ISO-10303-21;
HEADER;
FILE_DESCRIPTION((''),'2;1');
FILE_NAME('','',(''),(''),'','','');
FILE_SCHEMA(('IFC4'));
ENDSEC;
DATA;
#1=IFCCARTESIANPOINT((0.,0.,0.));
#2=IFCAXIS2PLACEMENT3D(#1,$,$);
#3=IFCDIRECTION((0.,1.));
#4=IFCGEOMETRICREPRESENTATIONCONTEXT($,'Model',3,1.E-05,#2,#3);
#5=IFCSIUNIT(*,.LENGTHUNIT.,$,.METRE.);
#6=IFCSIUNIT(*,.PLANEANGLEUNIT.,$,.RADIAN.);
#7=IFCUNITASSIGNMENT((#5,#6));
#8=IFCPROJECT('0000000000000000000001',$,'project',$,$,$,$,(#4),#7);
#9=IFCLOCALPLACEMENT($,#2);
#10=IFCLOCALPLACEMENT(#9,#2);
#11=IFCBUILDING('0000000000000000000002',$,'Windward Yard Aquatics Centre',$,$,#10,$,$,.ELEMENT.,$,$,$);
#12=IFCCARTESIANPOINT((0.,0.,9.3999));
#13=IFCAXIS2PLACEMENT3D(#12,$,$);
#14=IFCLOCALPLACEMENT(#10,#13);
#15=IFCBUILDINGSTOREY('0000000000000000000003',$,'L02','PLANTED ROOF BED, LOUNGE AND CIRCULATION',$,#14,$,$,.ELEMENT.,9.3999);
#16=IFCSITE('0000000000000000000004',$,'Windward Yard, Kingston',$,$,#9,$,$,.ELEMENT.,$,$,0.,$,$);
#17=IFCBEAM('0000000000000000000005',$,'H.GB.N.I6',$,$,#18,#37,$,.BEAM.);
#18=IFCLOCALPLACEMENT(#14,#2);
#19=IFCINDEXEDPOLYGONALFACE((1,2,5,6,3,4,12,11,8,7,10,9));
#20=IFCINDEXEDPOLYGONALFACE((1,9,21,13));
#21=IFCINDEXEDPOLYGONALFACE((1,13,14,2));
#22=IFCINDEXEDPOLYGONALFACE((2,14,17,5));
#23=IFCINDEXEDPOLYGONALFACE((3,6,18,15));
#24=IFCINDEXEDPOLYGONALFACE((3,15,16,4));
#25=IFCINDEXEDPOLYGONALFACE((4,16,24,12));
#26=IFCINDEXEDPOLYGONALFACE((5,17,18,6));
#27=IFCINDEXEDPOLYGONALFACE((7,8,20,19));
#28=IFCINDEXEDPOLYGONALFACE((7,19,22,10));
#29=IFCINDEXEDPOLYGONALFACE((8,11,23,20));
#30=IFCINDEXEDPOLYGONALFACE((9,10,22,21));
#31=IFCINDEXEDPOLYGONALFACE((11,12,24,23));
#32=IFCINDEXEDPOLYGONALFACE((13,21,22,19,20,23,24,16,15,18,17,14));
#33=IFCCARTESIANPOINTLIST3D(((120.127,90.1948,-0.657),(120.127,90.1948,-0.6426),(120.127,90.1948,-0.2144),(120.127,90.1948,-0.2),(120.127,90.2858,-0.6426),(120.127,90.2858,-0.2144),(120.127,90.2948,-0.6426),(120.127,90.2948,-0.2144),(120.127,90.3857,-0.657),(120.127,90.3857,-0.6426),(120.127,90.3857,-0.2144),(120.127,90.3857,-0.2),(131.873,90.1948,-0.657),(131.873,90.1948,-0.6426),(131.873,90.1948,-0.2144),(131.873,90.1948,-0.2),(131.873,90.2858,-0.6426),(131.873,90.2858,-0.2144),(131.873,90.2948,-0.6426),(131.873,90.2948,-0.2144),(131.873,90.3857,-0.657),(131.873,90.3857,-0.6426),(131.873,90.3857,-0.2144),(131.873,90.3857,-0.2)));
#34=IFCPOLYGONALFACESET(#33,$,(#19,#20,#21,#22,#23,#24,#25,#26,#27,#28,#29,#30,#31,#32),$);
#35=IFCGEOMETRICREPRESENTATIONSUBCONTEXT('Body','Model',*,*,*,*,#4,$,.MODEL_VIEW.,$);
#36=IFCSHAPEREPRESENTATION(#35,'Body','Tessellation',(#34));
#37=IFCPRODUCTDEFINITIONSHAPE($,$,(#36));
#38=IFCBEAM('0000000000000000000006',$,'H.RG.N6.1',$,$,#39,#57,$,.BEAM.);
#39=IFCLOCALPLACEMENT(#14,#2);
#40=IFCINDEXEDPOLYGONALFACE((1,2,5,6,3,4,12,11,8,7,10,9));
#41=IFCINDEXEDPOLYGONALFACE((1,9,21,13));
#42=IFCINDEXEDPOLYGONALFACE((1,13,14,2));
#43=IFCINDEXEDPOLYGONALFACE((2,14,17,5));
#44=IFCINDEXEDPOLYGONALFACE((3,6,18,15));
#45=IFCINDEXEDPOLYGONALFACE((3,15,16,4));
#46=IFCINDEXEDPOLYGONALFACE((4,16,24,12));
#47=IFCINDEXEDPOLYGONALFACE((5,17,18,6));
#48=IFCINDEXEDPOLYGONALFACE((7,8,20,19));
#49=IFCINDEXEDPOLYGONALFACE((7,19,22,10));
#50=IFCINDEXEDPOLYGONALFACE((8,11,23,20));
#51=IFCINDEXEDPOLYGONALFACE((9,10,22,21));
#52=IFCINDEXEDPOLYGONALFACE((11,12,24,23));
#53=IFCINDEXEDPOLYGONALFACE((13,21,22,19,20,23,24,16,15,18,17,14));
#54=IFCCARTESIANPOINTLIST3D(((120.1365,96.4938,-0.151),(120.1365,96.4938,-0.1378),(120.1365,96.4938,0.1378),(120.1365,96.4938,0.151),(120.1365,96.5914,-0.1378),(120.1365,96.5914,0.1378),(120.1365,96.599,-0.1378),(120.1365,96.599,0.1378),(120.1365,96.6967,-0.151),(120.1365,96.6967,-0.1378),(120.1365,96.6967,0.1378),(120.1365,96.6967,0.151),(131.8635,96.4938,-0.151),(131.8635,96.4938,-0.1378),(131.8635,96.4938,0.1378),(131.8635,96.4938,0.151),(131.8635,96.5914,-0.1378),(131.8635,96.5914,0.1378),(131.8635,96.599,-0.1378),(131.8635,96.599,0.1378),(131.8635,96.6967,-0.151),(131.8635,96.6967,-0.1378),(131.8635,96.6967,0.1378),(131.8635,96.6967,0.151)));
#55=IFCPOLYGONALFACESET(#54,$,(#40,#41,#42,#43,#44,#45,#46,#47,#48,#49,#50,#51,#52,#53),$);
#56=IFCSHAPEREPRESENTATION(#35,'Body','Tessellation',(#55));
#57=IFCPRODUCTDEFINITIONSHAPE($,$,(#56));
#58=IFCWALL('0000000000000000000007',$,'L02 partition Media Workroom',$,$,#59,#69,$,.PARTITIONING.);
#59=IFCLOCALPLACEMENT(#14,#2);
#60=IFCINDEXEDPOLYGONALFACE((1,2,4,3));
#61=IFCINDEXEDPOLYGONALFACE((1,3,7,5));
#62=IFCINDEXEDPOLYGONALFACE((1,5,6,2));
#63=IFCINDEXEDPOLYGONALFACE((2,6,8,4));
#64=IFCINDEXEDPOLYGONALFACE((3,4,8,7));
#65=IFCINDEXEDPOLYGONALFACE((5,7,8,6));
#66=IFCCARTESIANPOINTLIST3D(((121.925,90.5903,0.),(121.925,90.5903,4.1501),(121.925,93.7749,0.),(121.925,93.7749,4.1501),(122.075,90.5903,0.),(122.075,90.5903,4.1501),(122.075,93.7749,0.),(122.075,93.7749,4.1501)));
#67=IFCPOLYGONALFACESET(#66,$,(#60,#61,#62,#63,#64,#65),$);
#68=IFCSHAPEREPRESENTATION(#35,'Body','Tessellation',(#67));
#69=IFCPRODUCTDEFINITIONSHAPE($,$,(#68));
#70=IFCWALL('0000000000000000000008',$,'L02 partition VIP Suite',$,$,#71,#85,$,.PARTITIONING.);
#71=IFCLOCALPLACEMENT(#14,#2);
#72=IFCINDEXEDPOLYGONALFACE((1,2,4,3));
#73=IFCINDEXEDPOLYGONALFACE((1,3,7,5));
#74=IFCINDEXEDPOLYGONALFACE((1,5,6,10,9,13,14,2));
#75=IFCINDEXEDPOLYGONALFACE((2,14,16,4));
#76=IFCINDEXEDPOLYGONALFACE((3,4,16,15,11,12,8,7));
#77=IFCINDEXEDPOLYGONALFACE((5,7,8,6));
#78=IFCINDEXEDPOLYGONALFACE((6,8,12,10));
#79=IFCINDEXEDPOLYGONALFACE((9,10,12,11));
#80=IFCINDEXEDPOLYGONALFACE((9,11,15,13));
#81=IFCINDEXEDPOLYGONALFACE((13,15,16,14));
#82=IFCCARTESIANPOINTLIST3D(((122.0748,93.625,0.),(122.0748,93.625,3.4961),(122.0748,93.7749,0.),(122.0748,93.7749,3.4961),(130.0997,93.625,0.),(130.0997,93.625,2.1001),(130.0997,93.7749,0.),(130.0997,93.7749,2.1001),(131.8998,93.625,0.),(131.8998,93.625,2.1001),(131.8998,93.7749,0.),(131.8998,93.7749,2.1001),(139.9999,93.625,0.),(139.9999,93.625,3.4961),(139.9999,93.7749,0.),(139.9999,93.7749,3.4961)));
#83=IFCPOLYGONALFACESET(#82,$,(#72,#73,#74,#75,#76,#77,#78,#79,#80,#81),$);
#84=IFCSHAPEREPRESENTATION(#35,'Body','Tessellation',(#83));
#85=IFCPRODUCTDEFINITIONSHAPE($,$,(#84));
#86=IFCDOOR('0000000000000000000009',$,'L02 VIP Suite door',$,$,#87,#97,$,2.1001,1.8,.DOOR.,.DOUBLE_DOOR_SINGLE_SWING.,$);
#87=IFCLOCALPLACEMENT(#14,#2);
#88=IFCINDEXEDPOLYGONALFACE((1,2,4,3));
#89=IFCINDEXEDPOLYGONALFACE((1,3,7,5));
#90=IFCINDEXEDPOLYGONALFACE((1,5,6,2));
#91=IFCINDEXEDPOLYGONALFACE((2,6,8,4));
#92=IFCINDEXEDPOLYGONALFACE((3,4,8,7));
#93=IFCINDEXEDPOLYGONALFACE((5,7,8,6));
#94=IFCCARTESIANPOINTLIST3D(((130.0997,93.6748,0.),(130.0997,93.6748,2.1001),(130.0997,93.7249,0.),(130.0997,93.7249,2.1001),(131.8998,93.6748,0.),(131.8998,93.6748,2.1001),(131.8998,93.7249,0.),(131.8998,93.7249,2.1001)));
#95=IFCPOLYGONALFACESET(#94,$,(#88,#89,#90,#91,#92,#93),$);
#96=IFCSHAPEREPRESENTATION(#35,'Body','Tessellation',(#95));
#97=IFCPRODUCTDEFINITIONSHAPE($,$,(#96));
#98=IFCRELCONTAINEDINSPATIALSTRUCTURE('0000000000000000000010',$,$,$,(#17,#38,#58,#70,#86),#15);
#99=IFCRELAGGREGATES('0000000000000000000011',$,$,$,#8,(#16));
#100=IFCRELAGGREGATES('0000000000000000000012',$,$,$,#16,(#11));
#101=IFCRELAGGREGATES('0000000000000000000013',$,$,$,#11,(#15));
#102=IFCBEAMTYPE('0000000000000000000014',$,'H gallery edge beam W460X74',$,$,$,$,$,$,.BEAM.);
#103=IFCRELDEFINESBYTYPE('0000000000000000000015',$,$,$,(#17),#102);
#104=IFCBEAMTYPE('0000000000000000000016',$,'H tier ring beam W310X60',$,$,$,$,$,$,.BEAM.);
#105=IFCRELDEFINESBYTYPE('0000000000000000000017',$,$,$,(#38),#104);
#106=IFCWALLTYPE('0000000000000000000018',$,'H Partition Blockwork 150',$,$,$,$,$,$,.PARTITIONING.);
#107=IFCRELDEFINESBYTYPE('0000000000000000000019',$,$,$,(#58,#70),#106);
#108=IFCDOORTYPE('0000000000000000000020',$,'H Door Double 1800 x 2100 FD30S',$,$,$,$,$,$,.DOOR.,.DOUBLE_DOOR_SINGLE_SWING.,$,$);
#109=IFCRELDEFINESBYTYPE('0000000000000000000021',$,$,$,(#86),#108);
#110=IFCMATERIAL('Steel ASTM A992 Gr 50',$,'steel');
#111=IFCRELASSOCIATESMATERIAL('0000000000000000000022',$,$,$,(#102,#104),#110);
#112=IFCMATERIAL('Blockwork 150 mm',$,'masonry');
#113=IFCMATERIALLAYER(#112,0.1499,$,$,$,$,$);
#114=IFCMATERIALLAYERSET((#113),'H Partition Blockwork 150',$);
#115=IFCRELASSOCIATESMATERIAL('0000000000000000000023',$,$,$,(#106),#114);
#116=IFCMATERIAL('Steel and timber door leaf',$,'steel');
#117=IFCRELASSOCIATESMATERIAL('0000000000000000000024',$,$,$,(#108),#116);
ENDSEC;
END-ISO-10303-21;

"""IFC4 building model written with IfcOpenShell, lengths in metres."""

from ifc_helpers import new_model, si_unit, direction, frame, frame_2d, origin, origin_2d, place, context, subcontext, project, spatial, rectangle, i_section, extrude, material, layer, layer_set, material_profile, profile_set, type_object, element, fill, save


model = new_model("IFC4")

# Units and contexts
model_context = context("Model", 3, precision=1e-05, world=origin(), true_north=direction((0.0, 1.0)))
body_context = subcontext(model_context, "Body", "Model", "MODEL_VIEW")
ifc_project = project(units=[si_unit("LENGTHUNIT", "METRE"), si_unit("PLANEANGLEUNIT", "RADIAN")], contexts=[model_context])

# Site, building, storey
site_placement = place(None, origin())
site = spatial("IfcSite", under=ifc_project, at=site_placement, Name="Windward Yard, Kingston", CompositionType="ELEMENT", RefElevation=0.0)
building_placement = place(site_placement, origin())
building = spatial("IfcBuilding", under=site, at=building_placement, Name="Windward Yard Aquatics Centre", CompositionType="ELEMENT")
storey_placement = place(building_placement, frame((0.0, 0.0, 9.3999)))
storey = spatial("IfcBuildingStorey", under=building, at=storey_placement, Name="L02", Description="PLANTED ROOF BED, LOUNGE AND CIRCULATION", CompositionType="ELEMENT", Elevation=9.3999)

# Shared definitions
ifc_material_1 = material(Name="Steel ASTM A992 Gr 50", Category="steel")

# Beams
ifc_material_profile_1 = material_profile(ifc_material_1, i_section(OverallWidth=0.1909, OverallDepth=0.457, WebThickness=0.009, FlangeThickness=0.0144, at=origin_2d()), Name="W460X74")
ifc_profile_set_1 = profile_set([ifc_material_profile_1], Name="Steel ASTM A992 Gr 50")
beam_type_1 = type_object("IfcBeamType", Name="H gallery edge beam W460X74", PredefinedType="BEAM", material=ifc_profile_set_1)
beam_1_placement = place(storey_placement, frame((120.127, 90.2903, -0.4285), z_axis=(1.0, 0.0, 0.0), x_axis=(0.0, 1.0, 0.0)))
element("IfcBeam", 1, at=beam_1_placement, inside=storey, type_object=beam_type_1, Name="H.GB.N.I6", PredefinedType="BEAM", context=body_context, shape_type="SweptSolid", body=[
    extrude(i_section(OverallWidth=0.1909, OverallDepth=0.457, WebThickness=0.009, FlangeThickness=0.0144, at=origin_2d()), origin(), (0.0, 0.0, 1.0), 11.7461),
])
ifc_material_profile_2 = material_profile(ifc_material_1, i_section(OverallWidth=0.2029, OverallDepth=0.302, WebThickness=0.0076, FlangeThickness=0.0132, at=origin_2d()), Name="W310X60")
ifc_profile_set_2 = profile_set([ifc_material_profile_2], Name="Steel ASTM A992 Gr 50")
beam_type_2 = type_object("IfcBeamType", Name="H tier ring beam W310X60", PredefinedType="BEAM", material=ifc_profile_set_2)
beam_2_placement = place(storey_placement, frame((120.1365, 96.5952, 0.0), z_axis=(1.0, 0.0, 0.0), x_axis=(0.0, 1.0, 0.0)))
element("IfcBeam", 2, at=beam_2_placement, inside=storey, type_object=beam_type_2, Name="H.RG.N6.1", PredefinedType="BEAM", context=body_context, shape_type="SweptSolid", body=[
    extrude(i_section(OverallWidth=0.2029, OverallDepth=0.302, WebThickness=0.0076, FlangeThickness=0.0132, at=origin_2d()), origin(), (0.0, 0.0, 1.0), 11.7271),
])

# Wall
ifc_material_2 = material(Name="Blockwork 150 mm", Category="masonry")
ifc_layer_1 = layer(ifc_material_2, 0.1499)
ifc_layer_set_1 = layer_set([ifc_layer_1], Name="H Partition Blockwork 150")
wall_type = type_object("IfcWallType", Name="H Partition Blockwork 150", PredefinedType="PARTITIONING", material=ifc_layer_set_1)
wall_1_placement = place(storey_placement, frame((122.0, 90.5903, 0.0), z_axis=(0.0, 0.0, 1.0), x_axis=(0.0, 1.0, 0.0)))
element("IfcWall", 3, at=wall_1_placement, inside=storey, type_object=wall_type, Name="L02 partition Media Workroom", PredefinedType="PARTITIONING", context=body_context, shape_type="SweptSolid", body=[
    extrude(rectangle(XDim=3.1846, YDim=0.1499, at=frame_2d((1.5923, 0.0))), origin(), (0.0, 0.0, 1.0), 4.1501),
])

# Wall, opening, door
wall_2_placement = place(storey_placement, frame((122.075, 93.7, 0.0), z_axis=(0.0, 0.0, 1.0), x_axis=(1.0, 0.0, 0.0)))
wall_2 = element("IfcWall", 4, at=wall_2_placement, inside=storey, type_object=wall_type, Name="L02 partition VIP Suite", PredefinedType="PARTITIONING", context=body_context, shape_type="SweptSolid", body=[
    extrude(rectangle(XDim=17.925, YDim=0.1499, at=frame_2d((8.9624, 0.0))), origin(), (0.0, 0.0, 1.0), 3.4961),
])
opening_1_placement = place(wall_2_placement, frame((8.0249, 0.0, 0.0)))
opening_1 = element("IfcOpeningElement", 5, at=opening_1_placement, cuts=wall_2, PredefinedType="OPENING", context=body_context, shape_type="SweptSolid", body=[
    extrude(rectangle(XDim=1.8, YDim=2.1001, at=frame_2d((0.8999, 1.05))), frame((0.0, 0.085, 0.0), z_axis=(0.0, -1.0, 0.0), x_axis=(1.0, 0.0, 0.0)), (0.0, 0.0, 1.0), 0.1699),
])
ifc_material_3 = material(Name="Steel and timber door leaf", Category="steel")
door_type = type_object("IfcDoorType", Name="H Door Double 1800 x 2100 FD30S", OperationType="DOUBLE_DOOR_SINGLE_SWING", PredefinedType="DOOR", material=ifc_material_3)
door_placement = place(opening_1_placement, origin())
door = element("IfcDoor", 6, at=door_placement, inside=storey, type_object=door_type, Name="L02 VIP Suite door", OperationType="DOUBLE_DOOR_SINGLE_SWING", OverallHeight=2.1001, OverallWidth=1.8, PredefinedType="DOOR", context=body_context, shape_type="SweptSolid", body=[
    extrude(rectangle(XDim=1.8, YDim=2.1001, at=frame_2d((0.8999, 1.05))), frame((0.0, 0.0249, 0.0), z_axis=(0.0, -1.0, 0.0), x_axis=(1.0, 0.0, 0.0)), (0.0, 0.0, 1.0), 0.05),
])
fill(opening_1, door)

save(model, "model.ifc")
